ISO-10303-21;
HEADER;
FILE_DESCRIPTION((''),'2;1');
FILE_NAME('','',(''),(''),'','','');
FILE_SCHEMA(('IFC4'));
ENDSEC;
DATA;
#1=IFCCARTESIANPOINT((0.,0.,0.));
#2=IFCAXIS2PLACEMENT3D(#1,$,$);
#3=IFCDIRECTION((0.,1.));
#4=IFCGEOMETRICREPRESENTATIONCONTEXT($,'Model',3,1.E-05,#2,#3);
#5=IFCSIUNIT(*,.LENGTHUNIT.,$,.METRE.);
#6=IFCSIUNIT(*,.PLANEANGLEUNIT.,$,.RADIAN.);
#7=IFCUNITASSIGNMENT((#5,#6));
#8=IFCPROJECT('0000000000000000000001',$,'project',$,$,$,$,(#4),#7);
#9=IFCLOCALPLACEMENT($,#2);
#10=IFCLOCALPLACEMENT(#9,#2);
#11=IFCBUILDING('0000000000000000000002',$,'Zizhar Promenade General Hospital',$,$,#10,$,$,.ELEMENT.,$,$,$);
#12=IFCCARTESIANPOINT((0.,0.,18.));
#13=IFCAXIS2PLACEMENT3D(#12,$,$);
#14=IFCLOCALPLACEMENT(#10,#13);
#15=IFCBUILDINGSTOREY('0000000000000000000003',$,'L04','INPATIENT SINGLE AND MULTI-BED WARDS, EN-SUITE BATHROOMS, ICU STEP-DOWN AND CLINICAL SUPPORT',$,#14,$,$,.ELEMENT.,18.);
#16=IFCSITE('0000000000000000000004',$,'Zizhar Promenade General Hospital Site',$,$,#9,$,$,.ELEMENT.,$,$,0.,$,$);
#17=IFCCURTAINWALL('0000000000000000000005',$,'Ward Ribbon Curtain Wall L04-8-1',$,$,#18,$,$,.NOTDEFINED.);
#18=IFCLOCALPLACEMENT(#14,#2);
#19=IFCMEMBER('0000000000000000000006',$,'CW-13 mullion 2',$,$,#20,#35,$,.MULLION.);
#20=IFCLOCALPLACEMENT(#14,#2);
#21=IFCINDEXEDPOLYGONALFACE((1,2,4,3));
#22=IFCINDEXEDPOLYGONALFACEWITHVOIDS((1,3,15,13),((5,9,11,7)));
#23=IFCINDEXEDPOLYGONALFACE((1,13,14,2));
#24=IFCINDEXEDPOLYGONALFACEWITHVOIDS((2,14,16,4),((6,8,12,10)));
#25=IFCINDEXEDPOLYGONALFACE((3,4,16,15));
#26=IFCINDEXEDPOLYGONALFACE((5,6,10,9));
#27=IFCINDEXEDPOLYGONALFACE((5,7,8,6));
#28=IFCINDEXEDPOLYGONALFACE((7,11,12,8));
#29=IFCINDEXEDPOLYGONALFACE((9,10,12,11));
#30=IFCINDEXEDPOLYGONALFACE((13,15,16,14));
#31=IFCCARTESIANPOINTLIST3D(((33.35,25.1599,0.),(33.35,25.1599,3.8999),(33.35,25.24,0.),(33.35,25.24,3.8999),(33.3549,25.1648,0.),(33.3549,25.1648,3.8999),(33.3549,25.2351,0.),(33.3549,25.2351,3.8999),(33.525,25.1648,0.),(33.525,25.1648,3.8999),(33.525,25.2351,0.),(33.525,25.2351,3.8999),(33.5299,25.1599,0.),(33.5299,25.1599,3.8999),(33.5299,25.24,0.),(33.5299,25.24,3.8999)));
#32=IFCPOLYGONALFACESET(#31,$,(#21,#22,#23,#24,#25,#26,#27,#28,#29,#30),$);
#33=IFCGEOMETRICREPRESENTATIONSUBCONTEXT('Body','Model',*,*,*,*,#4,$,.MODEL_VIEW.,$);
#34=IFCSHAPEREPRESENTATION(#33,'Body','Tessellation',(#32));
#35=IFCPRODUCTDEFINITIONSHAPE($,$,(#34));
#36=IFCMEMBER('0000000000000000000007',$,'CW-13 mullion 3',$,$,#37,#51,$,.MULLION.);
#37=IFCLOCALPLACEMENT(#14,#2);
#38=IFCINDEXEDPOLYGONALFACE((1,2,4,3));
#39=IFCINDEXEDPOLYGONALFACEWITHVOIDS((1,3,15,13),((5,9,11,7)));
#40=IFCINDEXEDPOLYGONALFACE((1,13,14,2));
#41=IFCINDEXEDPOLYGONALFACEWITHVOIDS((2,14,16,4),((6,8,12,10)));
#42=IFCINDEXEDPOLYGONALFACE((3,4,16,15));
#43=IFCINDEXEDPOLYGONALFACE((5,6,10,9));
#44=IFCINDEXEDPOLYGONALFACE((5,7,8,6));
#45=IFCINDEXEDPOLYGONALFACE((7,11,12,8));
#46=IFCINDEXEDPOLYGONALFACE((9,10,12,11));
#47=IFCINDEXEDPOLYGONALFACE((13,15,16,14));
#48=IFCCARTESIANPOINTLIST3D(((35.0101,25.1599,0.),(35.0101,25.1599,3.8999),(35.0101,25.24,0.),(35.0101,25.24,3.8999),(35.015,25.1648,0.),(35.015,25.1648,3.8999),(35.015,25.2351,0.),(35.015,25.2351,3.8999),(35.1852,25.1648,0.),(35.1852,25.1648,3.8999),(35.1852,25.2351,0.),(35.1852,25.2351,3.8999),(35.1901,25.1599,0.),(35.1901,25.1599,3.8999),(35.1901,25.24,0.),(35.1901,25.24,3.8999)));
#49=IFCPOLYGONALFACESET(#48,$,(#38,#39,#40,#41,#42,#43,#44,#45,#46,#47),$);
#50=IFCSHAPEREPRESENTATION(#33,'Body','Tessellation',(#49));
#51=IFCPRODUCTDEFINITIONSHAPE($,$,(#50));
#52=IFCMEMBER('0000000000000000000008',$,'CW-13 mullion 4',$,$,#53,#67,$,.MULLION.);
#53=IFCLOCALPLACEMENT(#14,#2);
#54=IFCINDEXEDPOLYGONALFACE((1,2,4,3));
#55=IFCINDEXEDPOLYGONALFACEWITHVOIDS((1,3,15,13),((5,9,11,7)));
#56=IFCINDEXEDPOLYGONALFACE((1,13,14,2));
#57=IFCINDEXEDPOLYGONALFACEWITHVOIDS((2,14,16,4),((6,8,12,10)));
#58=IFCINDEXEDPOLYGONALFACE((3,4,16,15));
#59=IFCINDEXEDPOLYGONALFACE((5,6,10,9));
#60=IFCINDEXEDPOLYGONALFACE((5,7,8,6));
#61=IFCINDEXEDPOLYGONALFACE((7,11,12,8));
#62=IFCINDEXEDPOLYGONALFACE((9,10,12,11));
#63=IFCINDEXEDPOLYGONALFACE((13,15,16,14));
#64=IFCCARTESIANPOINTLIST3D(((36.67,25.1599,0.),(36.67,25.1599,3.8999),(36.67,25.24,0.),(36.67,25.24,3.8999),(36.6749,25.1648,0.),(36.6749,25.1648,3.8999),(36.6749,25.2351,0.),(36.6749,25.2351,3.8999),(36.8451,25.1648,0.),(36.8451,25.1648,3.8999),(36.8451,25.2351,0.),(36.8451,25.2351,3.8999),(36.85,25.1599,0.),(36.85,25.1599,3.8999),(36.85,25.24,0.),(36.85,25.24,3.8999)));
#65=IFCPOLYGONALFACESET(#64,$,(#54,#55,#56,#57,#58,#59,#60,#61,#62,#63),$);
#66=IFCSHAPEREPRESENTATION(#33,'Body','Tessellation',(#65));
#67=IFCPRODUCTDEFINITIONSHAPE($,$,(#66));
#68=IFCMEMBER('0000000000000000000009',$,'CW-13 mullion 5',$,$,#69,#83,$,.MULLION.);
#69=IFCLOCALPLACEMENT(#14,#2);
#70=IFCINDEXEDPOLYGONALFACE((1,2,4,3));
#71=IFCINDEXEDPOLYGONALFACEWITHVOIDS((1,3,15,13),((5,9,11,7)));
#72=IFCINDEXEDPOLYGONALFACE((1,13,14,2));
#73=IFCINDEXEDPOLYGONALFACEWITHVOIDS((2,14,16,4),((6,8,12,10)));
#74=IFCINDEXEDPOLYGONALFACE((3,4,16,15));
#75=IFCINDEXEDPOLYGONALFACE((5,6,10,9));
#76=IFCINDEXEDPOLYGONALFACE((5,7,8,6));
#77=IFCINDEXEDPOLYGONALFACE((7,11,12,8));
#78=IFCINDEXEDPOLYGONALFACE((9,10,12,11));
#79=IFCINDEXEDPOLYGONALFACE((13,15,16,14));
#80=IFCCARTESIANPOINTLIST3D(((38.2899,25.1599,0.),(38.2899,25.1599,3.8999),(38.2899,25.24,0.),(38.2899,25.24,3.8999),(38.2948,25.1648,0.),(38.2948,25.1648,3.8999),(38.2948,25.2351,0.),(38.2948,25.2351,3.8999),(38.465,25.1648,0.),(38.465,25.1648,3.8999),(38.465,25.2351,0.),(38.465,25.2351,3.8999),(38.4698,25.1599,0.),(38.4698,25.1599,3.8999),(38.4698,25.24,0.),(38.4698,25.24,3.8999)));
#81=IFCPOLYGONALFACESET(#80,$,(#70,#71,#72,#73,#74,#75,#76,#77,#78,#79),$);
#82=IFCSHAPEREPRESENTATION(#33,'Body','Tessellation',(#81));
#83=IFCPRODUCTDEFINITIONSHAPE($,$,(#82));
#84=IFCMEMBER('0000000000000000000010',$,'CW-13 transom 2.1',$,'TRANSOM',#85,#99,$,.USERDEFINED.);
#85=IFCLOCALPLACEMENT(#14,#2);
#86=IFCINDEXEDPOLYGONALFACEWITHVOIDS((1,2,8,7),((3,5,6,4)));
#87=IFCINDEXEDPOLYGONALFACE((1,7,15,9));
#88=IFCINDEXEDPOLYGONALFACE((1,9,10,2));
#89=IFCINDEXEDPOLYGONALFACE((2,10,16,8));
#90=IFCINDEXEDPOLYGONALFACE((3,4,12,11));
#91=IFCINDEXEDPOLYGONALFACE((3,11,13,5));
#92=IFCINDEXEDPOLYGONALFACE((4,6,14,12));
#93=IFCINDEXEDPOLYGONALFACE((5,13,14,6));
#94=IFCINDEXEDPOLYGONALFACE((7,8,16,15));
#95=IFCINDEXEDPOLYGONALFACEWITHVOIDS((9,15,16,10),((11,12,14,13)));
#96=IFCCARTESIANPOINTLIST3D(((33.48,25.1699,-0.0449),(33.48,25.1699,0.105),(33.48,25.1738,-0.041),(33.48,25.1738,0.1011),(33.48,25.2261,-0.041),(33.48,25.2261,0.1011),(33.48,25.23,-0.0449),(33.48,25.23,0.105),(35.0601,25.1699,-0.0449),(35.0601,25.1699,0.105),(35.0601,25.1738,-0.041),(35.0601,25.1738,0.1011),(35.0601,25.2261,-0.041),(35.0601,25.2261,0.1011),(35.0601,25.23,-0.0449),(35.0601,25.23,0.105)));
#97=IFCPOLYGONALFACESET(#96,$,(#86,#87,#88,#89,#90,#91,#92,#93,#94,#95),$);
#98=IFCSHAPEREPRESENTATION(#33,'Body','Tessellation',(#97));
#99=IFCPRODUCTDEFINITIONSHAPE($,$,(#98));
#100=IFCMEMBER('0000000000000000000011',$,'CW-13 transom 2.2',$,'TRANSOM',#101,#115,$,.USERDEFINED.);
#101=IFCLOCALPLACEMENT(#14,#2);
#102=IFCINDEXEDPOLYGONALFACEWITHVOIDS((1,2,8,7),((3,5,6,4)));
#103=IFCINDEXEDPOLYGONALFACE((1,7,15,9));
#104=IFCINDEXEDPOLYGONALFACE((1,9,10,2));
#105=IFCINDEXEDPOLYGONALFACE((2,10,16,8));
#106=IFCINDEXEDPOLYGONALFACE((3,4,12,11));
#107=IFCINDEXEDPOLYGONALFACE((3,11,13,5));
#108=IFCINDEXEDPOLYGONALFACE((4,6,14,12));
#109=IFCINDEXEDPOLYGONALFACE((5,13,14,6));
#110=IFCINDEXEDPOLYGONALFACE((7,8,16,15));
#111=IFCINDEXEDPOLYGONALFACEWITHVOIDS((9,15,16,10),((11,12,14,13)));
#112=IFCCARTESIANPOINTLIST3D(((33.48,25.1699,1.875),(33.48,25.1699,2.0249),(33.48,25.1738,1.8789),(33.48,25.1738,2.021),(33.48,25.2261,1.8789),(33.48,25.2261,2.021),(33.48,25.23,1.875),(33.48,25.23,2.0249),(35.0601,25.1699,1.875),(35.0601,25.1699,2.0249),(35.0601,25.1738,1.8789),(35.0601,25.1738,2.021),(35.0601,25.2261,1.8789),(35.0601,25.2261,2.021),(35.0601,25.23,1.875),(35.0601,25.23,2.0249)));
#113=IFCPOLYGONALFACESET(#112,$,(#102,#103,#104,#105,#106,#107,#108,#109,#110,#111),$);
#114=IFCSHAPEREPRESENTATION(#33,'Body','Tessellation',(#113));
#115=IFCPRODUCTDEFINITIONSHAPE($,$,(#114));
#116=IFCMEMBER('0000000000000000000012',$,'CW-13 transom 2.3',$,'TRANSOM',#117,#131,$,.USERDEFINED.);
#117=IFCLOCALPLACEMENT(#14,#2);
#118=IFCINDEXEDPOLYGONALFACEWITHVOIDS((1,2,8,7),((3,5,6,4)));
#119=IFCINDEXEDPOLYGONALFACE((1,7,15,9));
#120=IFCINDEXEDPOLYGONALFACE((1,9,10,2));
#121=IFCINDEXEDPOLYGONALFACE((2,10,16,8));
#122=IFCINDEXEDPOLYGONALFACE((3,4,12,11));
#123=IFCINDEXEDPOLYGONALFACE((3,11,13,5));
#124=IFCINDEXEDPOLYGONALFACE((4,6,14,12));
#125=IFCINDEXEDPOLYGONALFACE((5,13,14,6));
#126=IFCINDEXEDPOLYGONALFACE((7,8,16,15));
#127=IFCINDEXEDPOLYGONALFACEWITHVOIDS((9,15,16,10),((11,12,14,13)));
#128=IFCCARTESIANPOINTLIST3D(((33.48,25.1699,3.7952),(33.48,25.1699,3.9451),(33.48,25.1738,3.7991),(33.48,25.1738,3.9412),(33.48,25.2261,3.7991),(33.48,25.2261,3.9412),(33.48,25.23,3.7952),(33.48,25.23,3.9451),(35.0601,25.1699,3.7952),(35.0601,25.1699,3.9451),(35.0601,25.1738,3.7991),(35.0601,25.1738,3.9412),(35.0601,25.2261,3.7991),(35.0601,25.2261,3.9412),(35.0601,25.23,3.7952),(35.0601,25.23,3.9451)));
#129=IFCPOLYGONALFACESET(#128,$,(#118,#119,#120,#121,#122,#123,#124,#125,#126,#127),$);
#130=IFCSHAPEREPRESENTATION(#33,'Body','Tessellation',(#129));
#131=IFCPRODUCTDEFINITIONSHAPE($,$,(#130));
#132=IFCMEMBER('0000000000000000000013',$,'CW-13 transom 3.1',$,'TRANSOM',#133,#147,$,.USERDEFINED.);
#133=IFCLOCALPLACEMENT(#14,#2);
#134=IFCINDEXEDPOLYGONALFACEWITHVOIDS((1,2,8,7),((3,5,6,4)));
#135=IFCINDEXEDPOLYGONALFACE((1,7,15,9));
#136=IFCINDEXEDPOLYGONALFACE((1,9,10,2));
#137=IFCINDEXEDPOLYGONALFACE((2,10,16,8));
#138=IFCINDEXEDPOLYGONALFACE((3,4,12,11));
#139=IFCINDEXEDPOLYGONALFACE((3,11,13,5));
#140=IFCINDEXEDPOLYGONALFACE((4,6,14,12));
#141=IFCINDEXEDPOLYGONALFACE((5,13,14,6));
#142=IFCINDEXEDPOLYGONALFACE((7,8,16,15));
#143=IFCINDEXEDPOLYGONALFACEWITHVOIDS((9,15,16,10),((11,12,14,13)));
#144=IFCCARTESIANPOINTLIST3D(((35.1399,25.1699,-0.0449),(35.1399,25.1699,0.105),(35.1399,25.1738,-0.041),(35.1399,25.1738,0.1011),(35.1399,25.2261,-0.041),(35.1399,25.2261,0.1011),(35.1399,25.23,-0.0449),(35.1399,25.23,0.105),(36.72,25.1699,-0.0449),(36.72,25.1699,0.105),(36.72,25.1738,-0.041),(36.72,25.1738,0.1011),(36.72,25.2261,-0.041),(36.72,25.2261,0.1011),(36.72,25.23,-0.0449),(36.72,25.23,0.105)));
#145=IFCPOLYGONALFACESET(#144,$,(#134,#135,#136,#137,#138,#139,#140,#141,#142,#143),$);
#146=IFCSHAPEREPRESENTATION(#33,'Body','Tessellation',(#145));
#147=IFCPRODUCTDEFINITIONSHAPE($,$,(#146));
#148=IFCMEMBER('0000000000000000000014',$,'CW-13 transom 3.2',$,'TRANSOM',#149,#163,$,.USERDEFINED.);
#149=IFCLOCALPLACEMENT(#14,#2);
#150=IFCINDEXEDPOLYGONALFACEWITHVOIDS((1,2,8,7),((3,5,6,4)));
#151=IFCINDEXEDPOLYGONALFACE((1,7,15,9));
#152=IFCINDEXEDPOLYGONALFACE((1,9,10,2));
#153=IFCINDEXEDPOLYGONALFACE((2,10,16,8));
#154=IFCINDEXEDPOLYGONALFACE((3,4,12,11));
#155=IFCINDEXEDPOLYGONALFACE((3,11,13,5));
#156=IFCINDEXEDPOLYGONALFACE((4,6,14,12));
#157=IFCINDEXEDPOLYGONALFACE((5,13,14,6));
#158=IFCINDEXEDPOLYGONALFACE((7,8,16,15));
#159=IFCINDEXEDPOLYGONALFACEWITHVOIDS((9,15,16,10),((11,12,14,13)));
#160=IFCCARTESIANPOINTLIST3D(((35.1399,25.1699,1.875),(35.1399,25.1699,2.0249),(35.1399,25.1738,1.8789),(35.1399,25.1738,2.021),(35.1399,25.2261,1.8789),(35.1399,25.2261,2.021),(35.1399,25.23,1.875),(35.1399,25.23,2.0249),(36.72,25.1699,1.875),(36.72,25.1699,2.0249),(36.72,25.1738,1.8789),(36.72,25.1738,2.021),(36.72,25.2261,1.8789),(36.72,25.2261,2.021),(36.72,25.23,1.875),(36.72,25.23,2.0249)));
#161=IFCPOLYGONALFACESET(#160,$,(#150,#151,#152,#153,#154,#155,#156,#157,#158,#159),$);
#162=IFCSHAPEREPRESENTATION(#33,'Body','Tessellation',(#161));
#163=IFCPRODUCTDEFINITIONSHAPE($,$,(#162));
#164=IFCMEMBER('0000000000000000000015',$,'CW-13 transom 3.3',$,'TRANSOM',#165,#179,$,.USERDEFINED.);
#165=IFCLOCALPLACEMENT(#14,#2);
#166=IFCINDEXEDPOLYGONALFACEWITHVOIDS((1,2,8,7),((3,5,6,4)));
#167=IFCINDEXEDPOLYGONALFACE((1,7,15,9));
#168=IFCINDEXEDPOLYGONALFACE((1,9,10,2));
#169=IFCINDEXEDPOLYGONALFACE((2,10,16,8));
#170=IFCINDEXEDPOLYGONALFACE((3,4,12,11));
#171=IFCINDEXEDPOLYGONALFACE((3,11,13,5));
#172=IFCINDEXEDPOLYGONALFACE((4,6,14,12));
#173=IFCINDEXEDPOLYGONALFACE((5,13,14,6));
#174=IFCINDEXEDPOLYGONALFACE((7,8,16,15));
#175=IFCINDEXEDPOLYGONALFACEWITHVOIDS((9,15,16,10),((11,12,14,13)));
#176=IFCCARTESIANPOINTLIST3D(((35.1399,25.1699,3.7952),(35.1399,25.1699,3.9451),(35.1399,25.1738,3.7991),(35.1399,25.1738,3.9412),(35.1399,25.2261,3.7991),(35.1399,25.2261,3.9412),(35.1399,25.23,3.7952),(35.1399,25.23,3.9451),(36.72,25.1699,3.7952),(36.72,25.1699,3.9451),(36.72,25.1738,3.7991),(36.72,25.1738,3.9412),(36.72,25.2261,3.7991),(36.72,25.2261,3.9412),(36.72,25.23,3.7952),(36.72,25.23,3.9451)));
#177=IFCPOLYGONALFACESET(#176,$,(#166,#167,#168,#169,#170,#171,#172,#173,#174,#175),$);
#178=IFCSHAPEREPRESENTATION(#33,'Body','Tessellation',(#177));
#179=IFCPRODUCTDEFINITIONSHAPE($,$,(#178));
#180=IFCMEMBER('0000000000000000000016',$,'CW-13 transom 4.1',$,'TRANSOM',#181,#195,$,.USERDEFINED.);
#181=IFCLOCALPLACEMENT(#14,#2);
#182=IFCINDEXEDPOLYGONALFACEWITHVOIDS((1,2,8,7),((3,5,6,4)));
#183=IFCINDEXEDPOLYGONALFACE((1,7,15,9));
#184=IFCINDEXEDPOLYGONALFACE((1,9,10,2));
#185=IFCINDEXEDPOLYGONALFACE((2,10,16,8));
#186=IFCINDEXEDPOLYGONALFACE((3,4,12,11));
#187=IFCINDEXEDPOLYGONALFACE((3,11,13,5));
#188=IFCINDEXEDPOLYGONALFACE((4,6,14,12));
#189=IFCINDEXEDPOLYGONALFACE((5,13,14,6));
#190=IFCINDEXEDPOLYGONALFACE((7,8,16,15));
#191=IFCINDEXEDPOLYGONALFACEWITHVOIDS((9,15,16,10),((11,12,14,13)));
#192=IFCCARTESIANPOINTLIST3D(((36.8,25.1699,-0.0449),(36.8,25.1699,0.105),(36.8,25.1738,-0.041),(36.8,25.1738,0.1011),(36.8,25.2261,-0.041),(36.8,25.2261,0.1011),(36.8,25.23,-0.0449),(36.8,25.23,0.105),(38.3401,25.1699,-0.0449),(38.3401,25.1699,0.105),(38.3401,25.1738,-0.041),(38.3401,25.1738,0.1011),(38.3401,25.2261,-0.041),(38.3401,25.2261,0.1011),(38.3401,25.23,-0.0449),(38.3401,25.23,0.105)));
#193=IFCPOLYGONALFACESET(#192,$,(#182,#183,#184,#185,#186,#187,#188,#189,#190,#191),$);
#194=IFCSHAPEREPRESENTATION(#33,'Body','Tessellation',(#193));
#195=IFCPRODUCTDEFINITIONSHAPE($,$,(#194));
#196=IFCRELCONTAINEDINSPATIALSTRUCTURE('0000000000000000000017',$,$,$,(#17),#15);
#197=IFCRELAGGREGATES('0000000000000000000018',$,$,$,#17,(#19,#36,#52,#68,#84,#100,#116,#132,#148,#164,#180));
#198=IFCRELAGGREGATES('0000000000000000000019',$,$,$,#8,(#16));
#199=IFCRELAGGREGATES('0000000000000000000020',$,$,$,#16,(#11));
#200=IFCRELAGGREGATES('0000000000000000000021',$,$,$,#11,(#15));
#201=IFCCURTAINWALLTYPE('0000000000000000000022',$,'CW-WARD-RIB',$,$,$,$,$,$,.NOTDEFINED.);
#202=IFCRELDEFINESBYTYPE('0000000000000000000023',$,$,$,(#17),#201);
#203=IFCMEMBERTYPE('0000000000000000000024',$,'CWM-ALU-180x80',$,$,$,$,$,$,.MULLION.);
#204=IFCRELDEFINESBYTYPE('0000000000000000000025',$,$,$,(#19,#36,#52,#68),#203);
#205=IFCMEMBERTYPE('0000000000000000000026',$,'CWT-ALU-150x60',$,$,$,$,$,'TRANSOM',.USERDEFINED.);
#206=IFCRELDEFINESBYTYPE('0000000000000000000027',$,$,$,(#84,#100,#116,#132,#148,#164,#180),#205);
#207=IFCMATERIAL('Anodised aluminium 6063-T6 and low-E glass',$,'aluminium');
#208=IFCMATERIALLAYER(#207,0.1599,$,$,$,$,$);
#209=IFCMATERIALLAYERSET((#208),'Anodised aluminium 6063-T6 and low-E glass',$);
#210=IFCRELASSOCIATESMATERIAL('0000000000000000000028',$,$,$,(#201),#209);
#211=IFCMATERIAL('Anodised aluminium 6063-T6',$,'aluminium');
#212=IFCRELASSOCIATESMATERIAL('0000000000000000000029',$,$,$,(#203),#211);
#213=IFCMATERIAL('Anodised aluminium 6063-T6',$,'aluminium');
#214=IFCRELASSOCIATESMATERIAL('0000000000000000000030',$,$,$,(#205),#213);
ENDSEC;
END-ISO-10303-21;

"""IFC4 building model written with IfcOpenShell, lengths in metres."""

from ifc_helpers import new_model, si_unit, direction, frame, origin, origin_2d, place, context, subcontext, project, spatial, hollow_rectangle, extrude, material, layer, layer_set, material_profile, profile_set, type_object, element, aggregate, save


model = new_model("IFC4")

# Units and contexts
model_context = context("Model", 3, precision=1e-05, world=origin(), true_north=direction((0.0, 1.0)))
body_context = subcontext(model_context, "Body", "Model", "MODEL_VIEW")
ifc_project = project(units=[si_unit("LENGTHUNIT", "METRE"), si_unit("PLANEANGLEUNIT", "RADIAN")], contexts=[model_context])

# Site, building, storey
site_placement = place(None, origin())
site = spatial("IfcSite", under=ifc_project, at=site_placement, Name="Zizhar Promenade General Hospital Site", CompositionType="ELEMENT", RefElevation=0.0)
building_placement = place(site_placement, origin())
building = spatial("IfcBuilding", under=site, at=building_placement, Name="Zizhar Promenade General Hospital", CompositionType="ELEMENT")
storey_placement = place(building_placement, frame((0.0, 0.0, 18.0)))
storey = spatial("IfcBuildingStorey", under=building, at=storey_placement, Name="L04", Description="INPATIENT SINGLE AND MULTI-BED WARDS, EN-SUITE BATHROOMS, ICU STEP-DOWN AND CLINICAL SUPPORT", CompositionType="ELEMENT", Elevation=18.0)

# Curtain wall, members
ifc_material_1 = material(Name="Anodised aluminium 6063-T6 and low-E glass", Category="aluminium")
ifc_layer_1 = layer(ifc_material_1, 0.1599)
ifc_layer_set_1 = layer_set([ifc_layer_1], Name="Anodised aluminium 6063-T6 and low-E glass")
curtain_wall_type = type_object("IfcCurtainWallType", Name="CW-WARD-RIB", PredefinedType="NOTDEFINED", material=ifc_layer_set_1)
curtain_wall_placement = place(storey_placement, origin())
curtain_wall = element("IfcCurtainWall", 1, at=curtain_wall_placement, inside=storey, type_object=curtain_wall_type, Name="Ward Ribbon Curtain Wall L04-8-1", PredefinedType="NOTDEFINED")
ifc_material_2 = material(Name="Anodised aluminium 6063-T6", Category="aluminium")
ifc_material_profile_1 = material_profile(ifc_material_2, hollow_rectangle(XDim=0.0801, YDim=0.1799, WallThickness=0.0049, at=origin_2d()))
ifc_profile_set_1 = profile_set([ifc_material_profile_1], Name="Anodised aluminium 6063-T6")
member_type_1 = type_object("IfcMemberType", Name="CWM-ALU-180x80", PredefinedType="MULLION", material=ifc_profile_set_1)
member_1_placement = place(storey_placement, frame((33.4399, 25.2, 0.0), z_axis=(0.0, 0.0, 1.0), x_axis=(0.0, 1.0, 0.0)))
member_1 = element("IfcMember", 2, at=member_1_placement, type_object=member_type_1, Name="CW-13 mullion 2", PredefinedType="MULLION", context=body_context, shape_type="SweptSolid", body=[
    extrude(hollow_rectangle(XDim=0.0801, YDim=0.1799, WallThickness=0.0049, at=origin_2d()), origin(), (0.0, 0.0, 1.0), 3.8999),
])
member_2_placement = place(storey_placement, frame((35.1001, 25.2, 0.0), z_axis=(0.0, 0.0, 1.0), x_axis=(0.0, 1.0, 0.0)))
member_2 = element("IfcMember", 3, at=member_2_placement, type_object=member_type_1, Name="CW-13 mullion 3", PredefinedType="MULLION", context=body_context, shape_type="SweptSolid", body=[
    extrude(hollow_rectangle(XDim=0.0801, YDim=0.1799, WallThickness=0.0049, at=origin_2d()), origin(), (0.0, 0.0, 1.0), 3.8999),
])
member_3_placement = place(storey_placement, frame((36.76, 25.2, 0.0), z_axis=(0.0, 0.0, 1.0), x_axis=(0.0, 1.0, 0.0)))
member_3 = element("IfcMember", 4, at=member_3_placement, type_object=member_type_1, Name="CW-13 mullion 4", PredefinedType="MULLION", context=body_context, shape_type="SweptSolid", body=[
    extrude(hollow_rectangle(XDim=0.0801, YDim=0.1799, WallThickness=0.0049, at=origin_2d()), origin(), (0.0, 0.0, 1.0), 3.8999),
])
member_4_placement = place(storey_placement, frame((38.3799, 25.2, 0.0), z_axis=(0.0, 0.0, 1.0), x_axis=(0.0, 1.0, 0.0)))
member_4 = element("IfcMember", 5, at=member_4_placement, type_object=member_type_1, Name="CW-13 mullion 5", PredefinedType="MULLION", context=body_context, shape_type="SweptSolid", body=[
    extrude(hollow_rectangle(XDim=0.0801, YDim=0.1799, WallThickness=0.0049, at=origin_2d()), origin(), (0.0, 0.0, 1.0), 3.8999),
])
ifc_material_3 = material(Name="Anodised aluminium 6063-T6", Category="aluminium")
ifc_material_profile_2 = material_profile(ifc_material_3, hollow_rectangle(XDim=0.0601, YDim=0.1499, WallThickness=0.0039, at=origin_2d()))
ifc_profile_set_2 = profile_set([ifc_material_profile_2], Name="Anodised aluminium 6063-T6")
member_type_2 = type_object("IfcMemberType", Name="CWT-ALU-150x60", ElementType="TRANSOM", PredefinedType="USERDEFINED", material=ifc_profile_set_2)
member_5_placement = place(storey_placement, frame((33.48, 25.2, 0.03), z_axis=(1.0, 0.0, 0.0), x_axis=(0.0, 1.0, 0.0)))
member_5 = element("IfcMember", 6, at=member_5_placement, type_object=member_type_2, Name="CW-13 transom 2.1", ObjectType="TRANSOM", PredefinedType="USERDEFINED", context=body_context, shape_type="SweptSolid", body=[
    extrude(hollow_rectangle(XDim=0.0601, YDim=0.1499, WallThickness=0.0039, at=origin_2d()), origin(), (0.0, 0.0, 1.0), 1.5801),
])
member_6_placement = place(storey_placement, frame((33.48, 25.2, 1.95), z_axis=(1.0, 0.0, 0.0), x_axis=(0.0, 1.0, 0.0)))
member_6 = element("IfcMember", 7, at=member_6_placement, type_object=member_type_2, Name="CW-13 transom 2.2", ObjectType="TRANSOM", PredefinedType="USERDEFINED", context=body_context, shape_type="SweptSolid", body=[
    extrude(hollow_rectangle(XDim=0.0601, YDim=0.1499, WallThickness=0.0039, at=origin_2d()), origin(), (0.0, 0.0, 1.0), 1.5801),
])
member_7_placement = place(storey_placement, frame((33.48, 25.2, 3.8701), z_axis=(1.0, 0.0, 0.0), x_axis=(0.0, 1.0, 0.0)))
member_7 = element("IfcMember", 8, at=member_7_placement, type_object=member_type_2, Name="CW-13 transom 2.3", ObjectType="TRANSOM", PredefinedType="USERDEFINED", context=body_context, shape_type="SweptSolid", body=[
    extrude(hollow_rectangle(XDim=0.0601, YDim=0.1499, WallThickness=0.0039, at=origin_2d()), origin(), (0.0, 0.0, 1.0), 1.5801),
])
member_8_placement = place(storey_placement, frame((35.1399, 25.2, 0.03), z_axis=(1.0, 0.0, 0.0), x_axis=(0.0, 1.0, 0.0)))
member_8 = element("IfcMember", 9, at=member_8_placement, type_object=member_type_2, Name="CW-13 transom 3.1", ObjectType="TRANSOM", PredefinedType="USERDEFINED", context=body_context, shape_type="SweptSolid", body=[
    extrude(hollow_rectangle(XDim=0.0601, YDim=0.1499, WallThickness=0.0039, at=origin_2d()), origin(), (0.0, 0.0, 1.0), 1.5801),
])
member_9_placement = place(storey_placement, frame((35.1399, 25.2, 1.95), z_axis=(1.0, 0.0, 0.0), x_axis=(0.0, 1.0, 0.0)))
member_9 = element("IfcMember", 10, at=member_9_placement, type_object=member_type_2, Name="CW-13 transom 3.2", ObjectType="TRANSOM", PredefinedType="USERDEFINED", context=body_context, shape_type="SweptSolid", body=[
    extrude(hollow_rectangle(XDim=0.0601, YDim=0.1499, WallThickness=0.0039, at=origin_2d()), origin(), (0.0, 0.0, 1.0), 1.5801),
])
member_10_placement = place(storey_placement, frame((35.1399, 25.2, 3.8701), z_axis=(1.0, 0.0, 0.0), x_axis=(0.0, 1.0, 0.0)))
member_10 = element("IfcMember", 11, at=member_10_placement, type_object=member_type_2, Name="CW-13 transom 3.3", ObjectType="TRANSOM", PredefinedType="USERDEFINED", context=body_context, shape_type="SweptSolid", body=[
    extrude(hollow_rectangle(XDim=0.0601, YDim=0.1499, WallThickness=0.0039, at=origin_2d()), origin(), (0.0, 0.0, 1.0), 1.5801),
])
member_11_placement = place(storey_placement, frame((36.8, 25.2, 0.03), z_axis=(1.0, 0.0, 0.0), x_axis=(0.0, 1.0, 0.0)))
member_11 = element("IfcMember", 12, at=member_11_placement, type_object=member_type_2, Name="CW-13 transom 4.1", ObjectType="TRANSOM", PredefinedType="USERDEFINED", context=body_context, shape_type="SweptSolid", body=[
    extrude(hollow_rectangle(XDim=0.0601, YDim=0.1499, WallThickness=0.0039, at=origin_2d()), origin(), (0.0, 0.0, 1.0), 1.54),
])
aggregate(curtain_wall, [member_1, member_2, member_3, member_4, member_5, member_6, member_7, member_8, member_9, member_10, member_11])

save(model, "model.ifc")
